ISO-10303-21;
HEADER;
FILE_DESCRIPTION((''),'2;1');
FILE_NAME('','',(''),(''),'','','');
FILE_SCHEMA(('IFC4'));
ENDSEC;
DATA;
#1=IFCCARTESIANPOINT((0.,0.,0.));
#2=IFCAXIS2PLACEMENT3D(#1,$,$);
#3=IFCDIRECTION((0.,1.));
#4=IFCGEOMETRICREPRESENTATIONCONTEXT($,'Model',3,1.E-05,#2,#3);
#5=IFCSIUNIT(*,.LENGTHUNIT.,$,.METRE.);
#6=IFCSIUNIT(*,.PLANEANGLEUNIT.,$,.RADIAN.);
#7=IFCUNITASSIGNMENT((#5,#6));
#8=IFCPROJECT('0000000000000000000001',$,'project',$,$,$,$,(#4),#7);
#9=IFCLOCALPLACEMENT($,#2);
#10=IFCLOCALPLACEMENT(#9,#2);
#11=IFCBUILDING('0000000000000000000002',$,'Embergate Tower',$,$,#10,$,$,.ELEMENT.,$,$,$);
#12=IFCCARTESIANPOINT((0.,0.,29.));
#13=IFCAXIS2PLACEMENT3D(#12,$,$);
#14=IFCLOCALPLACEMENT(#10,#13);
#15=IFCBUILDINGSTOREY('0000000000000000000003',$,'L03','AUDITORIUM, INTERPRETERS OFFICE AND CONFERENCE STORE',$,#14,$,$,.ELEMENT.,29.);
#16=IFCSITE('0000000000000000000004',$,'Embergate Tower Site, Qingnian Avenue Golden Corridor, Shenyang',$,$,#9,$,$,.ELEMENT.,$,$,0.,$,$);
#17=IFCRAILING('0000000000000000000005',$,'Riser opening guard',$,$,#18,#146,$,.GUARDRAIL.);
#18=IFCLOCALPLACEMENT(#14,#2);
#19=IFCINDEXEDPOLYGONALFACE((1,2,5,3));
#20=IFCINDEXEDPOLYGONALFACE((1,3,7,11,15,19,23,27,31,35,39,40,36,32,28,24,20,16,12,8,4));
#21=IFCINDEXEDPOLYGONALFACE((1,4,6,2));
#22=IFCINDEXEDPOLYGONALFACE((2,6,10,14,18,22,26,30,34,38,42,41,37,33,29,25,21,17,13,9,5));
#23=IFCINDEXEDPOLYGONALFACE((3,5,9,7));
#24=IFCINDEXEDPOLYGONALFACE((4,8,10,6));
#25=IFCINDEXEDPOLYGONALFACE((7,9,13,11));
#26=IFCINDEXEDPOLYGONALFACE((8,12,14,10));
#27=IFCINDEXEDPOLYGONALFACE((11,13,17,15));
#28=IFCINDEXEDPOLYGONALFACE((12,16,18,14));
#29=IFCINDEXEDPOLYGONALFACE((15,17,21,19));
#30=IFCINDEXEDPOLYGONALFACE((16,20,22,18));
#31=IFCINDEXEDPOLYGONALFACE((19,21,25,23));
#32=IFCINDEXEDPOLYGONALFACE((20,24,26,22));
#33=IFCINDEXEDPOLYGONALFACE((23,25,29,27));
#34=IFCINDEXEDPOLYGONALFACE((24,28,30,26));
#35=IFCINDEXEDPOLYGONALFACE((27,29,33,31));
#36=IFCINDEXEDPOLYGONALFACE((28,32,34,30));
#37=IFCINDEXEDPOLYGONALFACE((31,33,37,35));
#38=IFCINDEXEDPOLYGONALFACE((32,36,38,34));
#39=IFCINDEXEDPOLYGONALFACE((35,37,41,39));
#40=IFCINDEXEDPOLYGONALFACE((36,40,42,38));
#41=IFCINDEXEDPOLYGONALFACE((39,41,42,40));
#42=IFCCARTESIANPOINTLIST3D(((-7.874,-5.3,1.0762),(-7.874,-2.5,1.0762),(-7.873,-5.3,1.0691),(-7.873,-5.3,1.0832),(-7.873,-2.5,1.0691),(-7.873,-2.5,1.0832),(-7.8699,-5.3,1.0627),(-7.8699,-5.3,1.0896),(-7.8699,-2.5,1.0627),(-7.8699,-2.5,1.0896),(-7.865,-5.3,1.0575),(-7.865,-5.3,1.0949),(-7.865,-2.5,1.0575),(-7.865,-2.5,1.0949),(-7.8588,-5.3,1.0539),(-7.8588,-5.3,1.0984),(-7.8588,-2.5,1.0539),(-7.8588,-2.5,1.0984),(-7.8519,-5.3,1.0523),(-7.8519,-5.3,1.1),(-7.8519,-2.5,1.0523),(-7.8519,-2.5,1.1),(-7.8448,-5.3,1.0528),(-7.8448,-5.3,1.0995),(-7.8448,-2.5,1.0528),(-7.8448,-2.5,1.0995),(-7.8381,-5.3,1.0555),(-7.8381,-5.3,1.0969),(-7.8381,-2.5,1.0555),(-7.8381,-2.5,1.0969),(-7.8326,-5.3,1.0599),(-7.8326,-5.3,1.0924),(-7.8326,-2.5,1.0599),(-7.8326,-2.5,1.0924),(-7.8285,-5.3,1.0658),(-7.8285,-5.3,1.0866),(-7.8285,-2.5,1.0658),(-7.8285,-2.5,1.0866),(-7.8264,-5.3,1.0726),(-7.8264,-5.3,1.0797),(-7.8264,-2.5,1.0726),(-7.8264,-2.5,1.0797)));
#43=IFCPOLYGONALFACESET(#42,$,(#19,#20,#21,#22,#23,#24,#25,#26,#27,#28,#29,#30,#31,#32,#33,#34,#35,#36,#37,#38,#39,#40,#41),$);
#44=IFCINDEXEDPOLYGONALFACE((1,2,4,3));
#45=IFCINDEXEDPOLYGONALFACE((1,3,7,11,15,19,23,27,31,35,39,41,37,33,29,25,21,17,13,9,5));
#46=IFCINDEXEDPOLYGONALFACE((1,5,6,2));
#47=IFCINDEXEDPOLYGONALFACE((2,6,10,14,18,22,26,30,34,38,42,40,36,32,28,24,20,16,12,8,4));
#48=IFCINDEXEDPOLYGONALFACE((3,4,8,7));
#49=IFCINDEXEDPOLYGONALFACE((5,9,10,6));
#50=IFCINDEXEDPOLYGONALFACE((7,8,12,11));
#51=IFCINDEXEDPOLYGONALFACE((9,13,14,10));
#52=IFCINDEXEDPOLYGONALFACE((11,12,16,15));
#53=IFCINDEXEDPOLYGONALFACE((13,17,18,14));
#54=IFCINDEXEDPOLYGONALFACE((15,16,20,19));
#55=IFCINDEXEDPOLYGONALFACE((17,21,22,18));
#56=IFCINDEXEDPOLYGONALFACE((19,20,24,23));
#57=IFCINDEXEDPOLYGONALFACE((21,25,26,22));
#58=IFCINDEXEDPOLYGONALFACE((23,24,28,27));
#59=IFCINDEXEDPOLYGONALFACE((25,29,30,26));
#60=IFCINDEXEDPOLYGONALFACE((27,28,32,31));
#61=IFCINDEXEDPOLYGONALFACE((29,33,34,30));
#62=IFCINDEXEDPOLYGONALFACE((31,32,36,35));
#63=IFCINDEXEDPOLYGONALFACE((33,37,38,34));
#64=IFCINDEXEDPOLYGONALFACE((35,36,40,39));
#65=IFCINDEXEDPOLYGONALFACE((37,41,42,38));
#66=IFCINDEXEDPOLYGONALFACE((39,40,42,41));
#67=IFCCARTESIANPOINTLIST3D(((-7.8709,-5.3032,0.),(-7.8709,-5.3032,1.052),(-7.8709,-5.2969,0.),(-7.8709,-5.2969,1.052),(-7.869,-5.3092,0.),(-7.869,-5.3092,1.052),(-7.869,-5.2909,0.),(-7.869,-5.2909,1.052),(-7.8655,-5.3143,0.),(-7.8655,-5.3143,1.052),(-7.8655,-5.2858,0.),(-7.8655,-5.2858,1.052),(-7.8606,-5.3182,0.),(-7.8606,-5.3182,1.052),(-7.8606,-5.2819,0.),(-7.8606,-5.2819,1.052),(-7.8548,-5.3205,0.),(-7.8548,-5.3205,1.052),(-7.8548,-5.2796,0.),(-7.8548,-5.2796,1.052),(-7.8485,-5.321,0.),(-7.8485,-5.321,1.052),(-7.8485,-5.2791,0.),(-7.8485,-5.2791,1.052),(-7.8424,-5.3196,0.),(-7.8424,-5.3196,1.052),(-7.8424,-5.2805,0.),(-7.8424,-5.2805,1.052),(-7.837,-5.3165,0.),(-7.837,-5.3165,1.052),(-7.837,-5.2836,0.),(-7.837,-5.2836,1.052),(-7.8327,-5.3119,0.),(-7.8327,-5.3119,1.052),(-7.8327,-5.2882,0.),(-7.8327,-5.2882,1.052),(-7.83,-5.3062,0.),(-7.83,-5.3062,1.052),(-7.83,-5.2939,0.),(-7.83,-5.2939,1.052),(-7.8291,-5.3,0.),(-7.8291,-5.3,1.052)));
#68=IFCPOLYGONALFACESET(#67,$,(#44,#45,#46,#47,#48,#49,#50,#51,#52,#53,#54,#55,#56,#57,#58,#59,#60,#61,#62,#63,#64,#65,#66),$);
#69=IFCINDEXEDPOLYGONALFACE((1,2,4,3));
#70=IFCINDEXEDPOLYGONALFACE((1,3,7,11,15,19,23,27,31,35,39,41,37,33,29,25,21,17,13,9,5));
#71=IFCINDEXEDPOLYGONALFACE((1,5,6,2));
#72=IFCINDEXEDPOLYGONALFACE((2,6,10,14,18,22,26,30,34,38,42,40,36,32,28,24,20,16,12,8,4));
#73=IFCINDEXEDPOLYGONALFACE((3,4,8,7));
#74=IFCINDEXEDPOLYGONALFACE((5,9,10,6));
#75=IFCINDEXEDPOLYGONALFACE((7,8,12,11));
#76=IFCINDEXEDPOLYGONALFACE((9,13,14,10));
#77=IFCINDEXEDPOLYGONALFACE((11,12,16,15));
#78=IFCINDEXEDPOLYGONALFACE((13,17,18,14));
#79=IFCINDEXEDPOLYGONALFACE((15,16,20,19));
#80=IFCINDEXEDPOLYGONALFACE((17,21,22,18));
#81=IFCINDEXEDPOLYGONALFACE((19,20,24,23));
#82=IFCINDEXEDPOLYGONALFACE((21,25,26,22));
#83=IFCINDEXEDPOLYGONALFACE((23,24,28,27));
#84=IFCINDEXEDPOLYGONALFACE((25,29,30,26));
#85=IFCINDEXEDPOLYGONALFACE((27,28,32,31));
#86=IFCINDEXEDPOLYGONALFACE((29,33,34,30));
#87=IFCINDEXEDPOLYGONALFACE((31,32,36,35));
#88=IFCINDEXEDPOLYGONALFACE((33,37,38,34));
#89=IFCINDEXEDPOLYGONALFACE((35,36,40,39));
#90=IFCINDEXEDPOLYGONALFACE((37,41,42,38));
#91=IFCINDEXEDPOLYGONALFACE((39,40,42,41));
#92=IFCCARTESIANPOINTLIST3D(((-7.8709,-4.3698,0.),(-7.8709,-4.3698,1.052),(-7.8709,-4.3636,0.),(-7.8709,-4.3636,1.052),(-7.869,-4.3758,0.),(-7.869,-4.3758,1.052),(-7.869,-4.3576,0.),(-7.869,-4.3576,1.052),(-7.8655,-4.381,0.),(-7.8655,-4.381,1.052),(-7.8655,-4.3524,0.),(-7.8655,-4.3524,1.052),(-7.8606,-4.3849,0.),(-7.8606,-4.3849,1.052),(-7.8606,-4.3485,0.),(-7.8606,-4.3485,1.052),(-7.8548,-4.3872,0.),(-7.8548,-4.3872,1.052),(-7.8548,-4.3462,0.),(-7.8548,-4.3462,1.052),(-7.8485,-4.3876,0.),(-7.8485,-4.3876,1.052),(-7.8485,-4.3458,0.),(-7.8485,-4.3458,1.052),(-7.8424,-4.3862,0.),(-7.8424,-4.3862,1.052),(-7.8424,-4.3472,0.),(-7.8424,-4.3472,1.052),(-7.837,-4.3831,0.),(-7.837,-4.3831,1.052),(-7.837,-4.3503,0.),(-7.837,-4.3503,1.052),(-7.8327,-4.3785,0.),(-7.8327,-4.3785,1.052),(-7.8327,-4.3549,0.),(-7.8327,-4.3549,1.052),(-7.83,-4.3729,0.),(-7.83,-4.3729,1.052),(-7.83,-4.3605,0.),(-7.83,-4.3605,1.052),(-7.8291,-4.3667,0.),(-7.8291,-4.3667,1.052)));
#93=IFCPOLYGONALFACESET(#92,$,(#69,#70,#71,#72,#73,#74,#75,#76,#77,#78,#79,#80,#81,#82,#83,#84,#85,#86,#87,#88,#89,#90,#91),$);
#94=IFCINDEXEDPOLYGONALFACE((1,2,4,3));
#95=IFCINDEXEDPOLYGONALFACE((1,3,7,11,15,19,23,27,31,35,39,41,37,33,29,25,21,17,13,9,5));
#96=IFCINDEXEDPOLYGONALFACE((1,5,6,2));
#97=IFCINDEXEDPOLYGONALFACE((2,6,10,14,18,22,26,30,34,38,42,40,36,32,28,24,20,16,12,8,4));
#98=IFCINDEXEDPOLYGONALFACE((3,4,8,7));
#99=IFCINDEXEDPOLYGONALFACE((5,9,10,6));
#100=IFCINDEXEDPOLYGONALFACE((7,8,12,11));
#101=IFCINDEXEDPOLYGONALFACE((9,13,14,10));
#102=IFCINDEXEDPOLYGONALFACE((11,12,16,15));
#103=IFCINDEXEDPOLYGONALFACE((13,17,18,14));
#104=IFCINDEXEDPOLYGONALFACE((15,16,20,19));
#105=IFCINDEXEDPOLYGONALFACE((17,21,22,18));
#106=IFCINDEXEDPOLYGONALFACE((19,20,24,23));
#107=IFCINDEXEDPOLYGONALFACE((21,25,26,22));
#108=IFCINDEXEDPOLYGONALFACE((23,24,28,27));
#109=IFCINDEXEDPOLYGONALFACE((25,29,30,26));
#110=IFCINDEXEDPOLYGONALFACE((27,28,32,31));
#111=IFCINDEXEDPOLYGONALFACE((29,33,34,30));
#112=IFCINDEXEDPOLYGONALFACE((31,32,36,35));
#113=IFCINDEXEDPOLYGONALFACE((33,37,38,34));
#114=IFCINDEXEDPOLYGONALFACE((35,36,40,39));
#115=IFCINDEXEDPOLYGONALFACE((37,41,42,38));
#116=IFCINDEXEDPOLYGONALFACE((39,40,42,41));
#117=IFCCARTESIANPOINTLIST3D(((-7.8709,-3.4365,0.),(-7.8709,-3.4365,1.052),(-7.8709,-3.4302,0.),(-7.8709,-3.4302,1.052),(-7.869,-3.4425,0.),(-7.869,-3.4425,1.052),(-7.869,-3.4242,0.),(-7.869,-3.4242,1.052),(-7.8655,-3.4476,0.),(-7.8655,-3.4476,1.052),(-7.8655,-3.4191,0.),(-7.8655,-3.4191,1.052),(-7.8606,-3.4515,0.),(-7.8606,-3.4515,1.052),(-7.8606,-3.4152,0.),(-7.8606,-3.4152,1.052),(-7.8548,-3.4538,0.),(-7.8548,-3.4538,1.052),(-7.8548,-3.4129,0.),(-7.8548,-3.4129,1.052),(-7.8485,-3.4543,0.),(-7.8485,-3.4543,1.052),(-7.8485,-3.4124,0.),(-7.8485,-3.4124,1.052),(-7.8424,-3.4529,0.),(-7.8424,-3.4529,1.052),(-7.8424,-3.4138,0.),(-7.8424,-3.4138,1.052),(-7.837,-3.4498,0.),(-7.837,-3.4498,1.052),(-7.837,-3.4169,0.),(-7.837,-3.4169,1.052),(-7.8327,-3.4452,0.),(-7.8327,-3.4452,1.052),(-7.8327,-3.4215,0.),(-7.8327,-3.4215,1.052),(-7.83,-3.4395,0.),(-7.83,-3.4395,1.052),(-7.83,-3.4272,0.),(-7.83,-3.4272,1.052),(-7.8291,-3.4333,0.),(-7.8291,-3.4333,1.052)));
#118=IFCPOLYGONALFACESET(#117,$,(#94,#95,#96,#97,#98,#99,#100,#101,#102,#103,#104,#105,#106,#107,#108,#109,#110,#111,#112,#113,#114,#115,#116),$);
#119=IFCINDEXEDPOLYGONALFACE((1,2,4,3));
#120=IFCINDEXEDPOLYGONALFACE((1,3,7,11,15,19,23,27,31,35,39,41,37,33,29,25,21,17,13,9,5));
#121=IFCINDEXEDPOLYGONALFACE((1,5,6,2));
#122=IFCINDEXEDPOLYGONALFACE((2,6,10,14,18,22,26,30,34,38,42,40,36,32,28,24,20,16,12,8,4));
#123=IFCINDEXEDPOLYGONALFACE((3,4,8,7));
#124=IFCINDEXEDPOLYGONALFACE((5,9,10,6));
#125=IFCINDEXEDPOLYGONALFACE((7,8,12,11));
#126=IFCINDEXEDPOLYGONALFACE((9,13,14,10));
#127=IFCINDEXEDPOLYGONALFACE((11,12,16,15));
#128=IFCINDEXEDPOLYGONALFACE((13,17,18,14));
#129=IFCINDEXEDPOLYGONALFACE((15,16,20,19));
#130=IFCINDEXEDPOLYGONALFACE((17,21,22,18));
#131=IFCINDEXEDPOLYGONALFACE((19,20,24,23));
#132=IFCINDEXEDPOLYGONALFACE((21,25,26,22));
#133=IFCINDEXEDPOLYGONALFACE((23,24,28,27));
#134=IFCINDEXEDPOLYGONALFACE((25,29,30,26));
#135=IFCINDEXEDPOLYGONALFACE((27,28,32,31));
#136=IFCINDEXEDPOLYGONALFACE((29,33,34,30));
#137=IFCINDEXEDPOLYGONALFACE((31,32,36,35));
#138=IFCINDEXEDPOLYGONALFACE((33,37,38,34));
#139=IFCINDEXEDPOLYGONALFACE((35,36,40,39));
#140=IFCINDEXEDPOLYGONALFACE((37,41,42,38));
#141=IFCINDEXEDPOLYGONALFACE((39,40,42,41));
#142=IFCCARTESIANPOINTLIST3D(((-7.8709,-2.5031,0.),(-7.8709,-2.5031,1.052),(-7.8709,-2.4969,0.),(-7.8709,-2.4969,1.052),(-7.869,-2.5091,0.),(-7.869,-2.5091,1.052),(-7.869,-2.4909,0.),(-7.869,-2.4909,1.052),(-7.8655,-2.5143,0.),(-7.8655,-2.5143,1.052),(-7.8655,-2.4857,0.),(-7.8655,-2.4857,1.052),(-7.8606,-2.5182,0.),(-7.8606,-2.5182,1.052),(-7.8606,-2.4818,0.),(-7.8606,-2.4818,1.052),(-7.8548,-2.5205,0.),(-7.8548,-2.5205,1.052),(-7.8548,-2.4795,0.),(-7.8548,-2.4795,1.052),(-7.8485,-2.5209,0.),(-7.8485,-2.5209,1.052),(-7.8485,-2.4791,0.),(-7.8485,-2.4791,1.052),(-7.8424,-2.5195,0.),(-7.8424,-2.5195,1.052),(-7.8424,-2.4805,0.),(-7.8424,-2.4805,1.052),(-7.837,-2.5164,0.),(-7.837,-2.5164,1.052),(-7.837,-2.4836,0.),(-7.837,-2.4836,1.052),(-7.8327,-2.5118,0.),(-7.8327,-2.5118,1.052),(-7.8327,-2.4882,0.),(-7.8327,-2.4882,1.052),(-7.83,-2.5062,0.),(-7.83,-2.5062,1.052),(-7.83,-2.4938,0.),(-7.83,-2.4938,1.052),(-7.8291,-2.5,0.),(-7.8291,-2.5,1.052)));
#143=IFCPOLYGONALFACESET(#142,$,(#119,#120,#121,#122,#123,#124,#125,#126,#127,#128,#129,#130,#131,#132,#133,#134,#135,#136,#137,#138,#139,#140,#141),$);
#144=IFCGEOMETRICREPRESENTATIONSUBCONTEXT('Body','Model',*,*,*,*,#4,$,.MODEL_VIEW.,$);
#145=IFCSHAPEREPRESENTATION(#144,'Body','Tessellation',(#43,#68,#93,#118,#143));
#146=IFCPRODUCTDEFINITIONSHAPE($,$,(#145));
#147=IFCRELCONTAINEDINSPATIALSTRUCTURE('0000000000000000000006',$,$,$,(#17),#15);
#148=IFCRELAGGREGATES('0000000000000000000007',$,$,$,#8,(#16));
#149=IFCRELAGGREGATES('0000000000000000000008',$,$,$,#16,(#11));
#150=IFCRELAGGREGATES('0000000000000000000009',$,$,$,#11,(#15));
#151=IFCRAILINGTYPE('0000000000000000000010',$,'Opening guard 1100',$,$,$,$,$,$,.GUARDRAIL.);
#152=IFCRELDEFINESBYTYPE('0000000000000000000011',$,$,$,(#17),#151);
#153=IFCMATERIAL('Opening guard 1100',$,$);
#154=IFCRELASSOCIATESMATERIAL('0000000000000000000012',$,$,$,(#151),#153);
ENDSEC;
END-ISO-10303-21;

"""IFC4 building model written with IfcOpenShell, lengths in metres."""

from ifc_helpers import new_model, si_unit, direction, frame, origin, origin_2d, place, context, subcontext, project, spatial, circle, extrude, source, transform, mapped, material, type_object, element, save


model = new_model("IFC4")

# Units and contexts
model_context = context("Model", 3, precision=1e-05, world=origin(), true_north=direction((0.0, 1.0)))
body_context = subcontext(model_context, "Body", "Model", "MODEL_VIEW")
ifc_project = project(units=[si_unit("LENGTHUNIT", "METRE"), si_unit("PLANEANGLEUNIT", "RADIAN")], contexts=[model_context])

# Site, building, storey
site_placement = place(None, origin())
site = spatial("IfcSite", under=ifc_project, at=site_placement, Name="Embergate Tower Site, Qingnian Avenue Golden Corridor, Shenyang", CompositionType="ELEMENT", RefElevation=0.0)
building_placement = place(site_placement, origin())
building = spatial("IfcBuilding", under=site, at=building_placement, Name="Embergate Tower", CompositionType="ELEMENT")
storey_placement = place(building_placement, frame((0.0, 0.0, 29.0)))
storey = spatial("IfcBuildingStorey", under=building, at=storey_placement, Name="L03", Description="AUDITORIUM, INTERPRETERS OFFICE AND CONFERENCE STORE", CompositionType="ELEMENT", Elevation=29.0)

# Railing
ifc_material_1 = material(Name="Opening guard 1100")
railing_type = type_object("IfcRailingType", Name="Opening guard 1100", PredefinedType="GUARDRAIL", material=ifc_material_1)
shared_shape_1 = source(origin(), body_context, "Body", "SweptSolid", [
    extrude(circle(Radius=0.0239, at=origin_2d()), frame((0.0, 0.0, 1.0762), z_axis=(0.0, 1.0, 0.0), x_axis=(-1.0, 0.0, 0.0)), (0.0, 0.0, 1.0), 2.8),
    extrude(circle(Radius=0.021, at=origin_2d()), origin(), (0.0, 0.0, 1.0), 1.052),
    extrude(circle(Radius=0.021, at=origin_2d()), frame((0.0, 0.9333, 0.0)), (0.0, 0.0, 1.0), 1.052),
    extrude(circle(Radius=0.021, at=origin_2d()), frame((0.0, 1.8667, 0.0)), (0.0, 0.0, 1.0), 1.052),
    extrude(circle(Radius=0.021, at=origin_2d()), frame((0.0, 2.8, 0.0)), (0.0, 0.0, 1.0), 1.052),
])
railing_placement = place(storey_placement, frame((-7.8501, -5.3, 0.0)))
element("IfcRailing", 1, at=railing_placement, inside=storey, type_object=railing_type, Name="Riser opening guard", PredefinedType="GUARDRAIL", context=body_context, shape_type="MappedRepresentation", body=[
    mapped(shared_shape_1, transform((0.0, 0.0, 0.0))),
])

save(model, "model.ifc")
